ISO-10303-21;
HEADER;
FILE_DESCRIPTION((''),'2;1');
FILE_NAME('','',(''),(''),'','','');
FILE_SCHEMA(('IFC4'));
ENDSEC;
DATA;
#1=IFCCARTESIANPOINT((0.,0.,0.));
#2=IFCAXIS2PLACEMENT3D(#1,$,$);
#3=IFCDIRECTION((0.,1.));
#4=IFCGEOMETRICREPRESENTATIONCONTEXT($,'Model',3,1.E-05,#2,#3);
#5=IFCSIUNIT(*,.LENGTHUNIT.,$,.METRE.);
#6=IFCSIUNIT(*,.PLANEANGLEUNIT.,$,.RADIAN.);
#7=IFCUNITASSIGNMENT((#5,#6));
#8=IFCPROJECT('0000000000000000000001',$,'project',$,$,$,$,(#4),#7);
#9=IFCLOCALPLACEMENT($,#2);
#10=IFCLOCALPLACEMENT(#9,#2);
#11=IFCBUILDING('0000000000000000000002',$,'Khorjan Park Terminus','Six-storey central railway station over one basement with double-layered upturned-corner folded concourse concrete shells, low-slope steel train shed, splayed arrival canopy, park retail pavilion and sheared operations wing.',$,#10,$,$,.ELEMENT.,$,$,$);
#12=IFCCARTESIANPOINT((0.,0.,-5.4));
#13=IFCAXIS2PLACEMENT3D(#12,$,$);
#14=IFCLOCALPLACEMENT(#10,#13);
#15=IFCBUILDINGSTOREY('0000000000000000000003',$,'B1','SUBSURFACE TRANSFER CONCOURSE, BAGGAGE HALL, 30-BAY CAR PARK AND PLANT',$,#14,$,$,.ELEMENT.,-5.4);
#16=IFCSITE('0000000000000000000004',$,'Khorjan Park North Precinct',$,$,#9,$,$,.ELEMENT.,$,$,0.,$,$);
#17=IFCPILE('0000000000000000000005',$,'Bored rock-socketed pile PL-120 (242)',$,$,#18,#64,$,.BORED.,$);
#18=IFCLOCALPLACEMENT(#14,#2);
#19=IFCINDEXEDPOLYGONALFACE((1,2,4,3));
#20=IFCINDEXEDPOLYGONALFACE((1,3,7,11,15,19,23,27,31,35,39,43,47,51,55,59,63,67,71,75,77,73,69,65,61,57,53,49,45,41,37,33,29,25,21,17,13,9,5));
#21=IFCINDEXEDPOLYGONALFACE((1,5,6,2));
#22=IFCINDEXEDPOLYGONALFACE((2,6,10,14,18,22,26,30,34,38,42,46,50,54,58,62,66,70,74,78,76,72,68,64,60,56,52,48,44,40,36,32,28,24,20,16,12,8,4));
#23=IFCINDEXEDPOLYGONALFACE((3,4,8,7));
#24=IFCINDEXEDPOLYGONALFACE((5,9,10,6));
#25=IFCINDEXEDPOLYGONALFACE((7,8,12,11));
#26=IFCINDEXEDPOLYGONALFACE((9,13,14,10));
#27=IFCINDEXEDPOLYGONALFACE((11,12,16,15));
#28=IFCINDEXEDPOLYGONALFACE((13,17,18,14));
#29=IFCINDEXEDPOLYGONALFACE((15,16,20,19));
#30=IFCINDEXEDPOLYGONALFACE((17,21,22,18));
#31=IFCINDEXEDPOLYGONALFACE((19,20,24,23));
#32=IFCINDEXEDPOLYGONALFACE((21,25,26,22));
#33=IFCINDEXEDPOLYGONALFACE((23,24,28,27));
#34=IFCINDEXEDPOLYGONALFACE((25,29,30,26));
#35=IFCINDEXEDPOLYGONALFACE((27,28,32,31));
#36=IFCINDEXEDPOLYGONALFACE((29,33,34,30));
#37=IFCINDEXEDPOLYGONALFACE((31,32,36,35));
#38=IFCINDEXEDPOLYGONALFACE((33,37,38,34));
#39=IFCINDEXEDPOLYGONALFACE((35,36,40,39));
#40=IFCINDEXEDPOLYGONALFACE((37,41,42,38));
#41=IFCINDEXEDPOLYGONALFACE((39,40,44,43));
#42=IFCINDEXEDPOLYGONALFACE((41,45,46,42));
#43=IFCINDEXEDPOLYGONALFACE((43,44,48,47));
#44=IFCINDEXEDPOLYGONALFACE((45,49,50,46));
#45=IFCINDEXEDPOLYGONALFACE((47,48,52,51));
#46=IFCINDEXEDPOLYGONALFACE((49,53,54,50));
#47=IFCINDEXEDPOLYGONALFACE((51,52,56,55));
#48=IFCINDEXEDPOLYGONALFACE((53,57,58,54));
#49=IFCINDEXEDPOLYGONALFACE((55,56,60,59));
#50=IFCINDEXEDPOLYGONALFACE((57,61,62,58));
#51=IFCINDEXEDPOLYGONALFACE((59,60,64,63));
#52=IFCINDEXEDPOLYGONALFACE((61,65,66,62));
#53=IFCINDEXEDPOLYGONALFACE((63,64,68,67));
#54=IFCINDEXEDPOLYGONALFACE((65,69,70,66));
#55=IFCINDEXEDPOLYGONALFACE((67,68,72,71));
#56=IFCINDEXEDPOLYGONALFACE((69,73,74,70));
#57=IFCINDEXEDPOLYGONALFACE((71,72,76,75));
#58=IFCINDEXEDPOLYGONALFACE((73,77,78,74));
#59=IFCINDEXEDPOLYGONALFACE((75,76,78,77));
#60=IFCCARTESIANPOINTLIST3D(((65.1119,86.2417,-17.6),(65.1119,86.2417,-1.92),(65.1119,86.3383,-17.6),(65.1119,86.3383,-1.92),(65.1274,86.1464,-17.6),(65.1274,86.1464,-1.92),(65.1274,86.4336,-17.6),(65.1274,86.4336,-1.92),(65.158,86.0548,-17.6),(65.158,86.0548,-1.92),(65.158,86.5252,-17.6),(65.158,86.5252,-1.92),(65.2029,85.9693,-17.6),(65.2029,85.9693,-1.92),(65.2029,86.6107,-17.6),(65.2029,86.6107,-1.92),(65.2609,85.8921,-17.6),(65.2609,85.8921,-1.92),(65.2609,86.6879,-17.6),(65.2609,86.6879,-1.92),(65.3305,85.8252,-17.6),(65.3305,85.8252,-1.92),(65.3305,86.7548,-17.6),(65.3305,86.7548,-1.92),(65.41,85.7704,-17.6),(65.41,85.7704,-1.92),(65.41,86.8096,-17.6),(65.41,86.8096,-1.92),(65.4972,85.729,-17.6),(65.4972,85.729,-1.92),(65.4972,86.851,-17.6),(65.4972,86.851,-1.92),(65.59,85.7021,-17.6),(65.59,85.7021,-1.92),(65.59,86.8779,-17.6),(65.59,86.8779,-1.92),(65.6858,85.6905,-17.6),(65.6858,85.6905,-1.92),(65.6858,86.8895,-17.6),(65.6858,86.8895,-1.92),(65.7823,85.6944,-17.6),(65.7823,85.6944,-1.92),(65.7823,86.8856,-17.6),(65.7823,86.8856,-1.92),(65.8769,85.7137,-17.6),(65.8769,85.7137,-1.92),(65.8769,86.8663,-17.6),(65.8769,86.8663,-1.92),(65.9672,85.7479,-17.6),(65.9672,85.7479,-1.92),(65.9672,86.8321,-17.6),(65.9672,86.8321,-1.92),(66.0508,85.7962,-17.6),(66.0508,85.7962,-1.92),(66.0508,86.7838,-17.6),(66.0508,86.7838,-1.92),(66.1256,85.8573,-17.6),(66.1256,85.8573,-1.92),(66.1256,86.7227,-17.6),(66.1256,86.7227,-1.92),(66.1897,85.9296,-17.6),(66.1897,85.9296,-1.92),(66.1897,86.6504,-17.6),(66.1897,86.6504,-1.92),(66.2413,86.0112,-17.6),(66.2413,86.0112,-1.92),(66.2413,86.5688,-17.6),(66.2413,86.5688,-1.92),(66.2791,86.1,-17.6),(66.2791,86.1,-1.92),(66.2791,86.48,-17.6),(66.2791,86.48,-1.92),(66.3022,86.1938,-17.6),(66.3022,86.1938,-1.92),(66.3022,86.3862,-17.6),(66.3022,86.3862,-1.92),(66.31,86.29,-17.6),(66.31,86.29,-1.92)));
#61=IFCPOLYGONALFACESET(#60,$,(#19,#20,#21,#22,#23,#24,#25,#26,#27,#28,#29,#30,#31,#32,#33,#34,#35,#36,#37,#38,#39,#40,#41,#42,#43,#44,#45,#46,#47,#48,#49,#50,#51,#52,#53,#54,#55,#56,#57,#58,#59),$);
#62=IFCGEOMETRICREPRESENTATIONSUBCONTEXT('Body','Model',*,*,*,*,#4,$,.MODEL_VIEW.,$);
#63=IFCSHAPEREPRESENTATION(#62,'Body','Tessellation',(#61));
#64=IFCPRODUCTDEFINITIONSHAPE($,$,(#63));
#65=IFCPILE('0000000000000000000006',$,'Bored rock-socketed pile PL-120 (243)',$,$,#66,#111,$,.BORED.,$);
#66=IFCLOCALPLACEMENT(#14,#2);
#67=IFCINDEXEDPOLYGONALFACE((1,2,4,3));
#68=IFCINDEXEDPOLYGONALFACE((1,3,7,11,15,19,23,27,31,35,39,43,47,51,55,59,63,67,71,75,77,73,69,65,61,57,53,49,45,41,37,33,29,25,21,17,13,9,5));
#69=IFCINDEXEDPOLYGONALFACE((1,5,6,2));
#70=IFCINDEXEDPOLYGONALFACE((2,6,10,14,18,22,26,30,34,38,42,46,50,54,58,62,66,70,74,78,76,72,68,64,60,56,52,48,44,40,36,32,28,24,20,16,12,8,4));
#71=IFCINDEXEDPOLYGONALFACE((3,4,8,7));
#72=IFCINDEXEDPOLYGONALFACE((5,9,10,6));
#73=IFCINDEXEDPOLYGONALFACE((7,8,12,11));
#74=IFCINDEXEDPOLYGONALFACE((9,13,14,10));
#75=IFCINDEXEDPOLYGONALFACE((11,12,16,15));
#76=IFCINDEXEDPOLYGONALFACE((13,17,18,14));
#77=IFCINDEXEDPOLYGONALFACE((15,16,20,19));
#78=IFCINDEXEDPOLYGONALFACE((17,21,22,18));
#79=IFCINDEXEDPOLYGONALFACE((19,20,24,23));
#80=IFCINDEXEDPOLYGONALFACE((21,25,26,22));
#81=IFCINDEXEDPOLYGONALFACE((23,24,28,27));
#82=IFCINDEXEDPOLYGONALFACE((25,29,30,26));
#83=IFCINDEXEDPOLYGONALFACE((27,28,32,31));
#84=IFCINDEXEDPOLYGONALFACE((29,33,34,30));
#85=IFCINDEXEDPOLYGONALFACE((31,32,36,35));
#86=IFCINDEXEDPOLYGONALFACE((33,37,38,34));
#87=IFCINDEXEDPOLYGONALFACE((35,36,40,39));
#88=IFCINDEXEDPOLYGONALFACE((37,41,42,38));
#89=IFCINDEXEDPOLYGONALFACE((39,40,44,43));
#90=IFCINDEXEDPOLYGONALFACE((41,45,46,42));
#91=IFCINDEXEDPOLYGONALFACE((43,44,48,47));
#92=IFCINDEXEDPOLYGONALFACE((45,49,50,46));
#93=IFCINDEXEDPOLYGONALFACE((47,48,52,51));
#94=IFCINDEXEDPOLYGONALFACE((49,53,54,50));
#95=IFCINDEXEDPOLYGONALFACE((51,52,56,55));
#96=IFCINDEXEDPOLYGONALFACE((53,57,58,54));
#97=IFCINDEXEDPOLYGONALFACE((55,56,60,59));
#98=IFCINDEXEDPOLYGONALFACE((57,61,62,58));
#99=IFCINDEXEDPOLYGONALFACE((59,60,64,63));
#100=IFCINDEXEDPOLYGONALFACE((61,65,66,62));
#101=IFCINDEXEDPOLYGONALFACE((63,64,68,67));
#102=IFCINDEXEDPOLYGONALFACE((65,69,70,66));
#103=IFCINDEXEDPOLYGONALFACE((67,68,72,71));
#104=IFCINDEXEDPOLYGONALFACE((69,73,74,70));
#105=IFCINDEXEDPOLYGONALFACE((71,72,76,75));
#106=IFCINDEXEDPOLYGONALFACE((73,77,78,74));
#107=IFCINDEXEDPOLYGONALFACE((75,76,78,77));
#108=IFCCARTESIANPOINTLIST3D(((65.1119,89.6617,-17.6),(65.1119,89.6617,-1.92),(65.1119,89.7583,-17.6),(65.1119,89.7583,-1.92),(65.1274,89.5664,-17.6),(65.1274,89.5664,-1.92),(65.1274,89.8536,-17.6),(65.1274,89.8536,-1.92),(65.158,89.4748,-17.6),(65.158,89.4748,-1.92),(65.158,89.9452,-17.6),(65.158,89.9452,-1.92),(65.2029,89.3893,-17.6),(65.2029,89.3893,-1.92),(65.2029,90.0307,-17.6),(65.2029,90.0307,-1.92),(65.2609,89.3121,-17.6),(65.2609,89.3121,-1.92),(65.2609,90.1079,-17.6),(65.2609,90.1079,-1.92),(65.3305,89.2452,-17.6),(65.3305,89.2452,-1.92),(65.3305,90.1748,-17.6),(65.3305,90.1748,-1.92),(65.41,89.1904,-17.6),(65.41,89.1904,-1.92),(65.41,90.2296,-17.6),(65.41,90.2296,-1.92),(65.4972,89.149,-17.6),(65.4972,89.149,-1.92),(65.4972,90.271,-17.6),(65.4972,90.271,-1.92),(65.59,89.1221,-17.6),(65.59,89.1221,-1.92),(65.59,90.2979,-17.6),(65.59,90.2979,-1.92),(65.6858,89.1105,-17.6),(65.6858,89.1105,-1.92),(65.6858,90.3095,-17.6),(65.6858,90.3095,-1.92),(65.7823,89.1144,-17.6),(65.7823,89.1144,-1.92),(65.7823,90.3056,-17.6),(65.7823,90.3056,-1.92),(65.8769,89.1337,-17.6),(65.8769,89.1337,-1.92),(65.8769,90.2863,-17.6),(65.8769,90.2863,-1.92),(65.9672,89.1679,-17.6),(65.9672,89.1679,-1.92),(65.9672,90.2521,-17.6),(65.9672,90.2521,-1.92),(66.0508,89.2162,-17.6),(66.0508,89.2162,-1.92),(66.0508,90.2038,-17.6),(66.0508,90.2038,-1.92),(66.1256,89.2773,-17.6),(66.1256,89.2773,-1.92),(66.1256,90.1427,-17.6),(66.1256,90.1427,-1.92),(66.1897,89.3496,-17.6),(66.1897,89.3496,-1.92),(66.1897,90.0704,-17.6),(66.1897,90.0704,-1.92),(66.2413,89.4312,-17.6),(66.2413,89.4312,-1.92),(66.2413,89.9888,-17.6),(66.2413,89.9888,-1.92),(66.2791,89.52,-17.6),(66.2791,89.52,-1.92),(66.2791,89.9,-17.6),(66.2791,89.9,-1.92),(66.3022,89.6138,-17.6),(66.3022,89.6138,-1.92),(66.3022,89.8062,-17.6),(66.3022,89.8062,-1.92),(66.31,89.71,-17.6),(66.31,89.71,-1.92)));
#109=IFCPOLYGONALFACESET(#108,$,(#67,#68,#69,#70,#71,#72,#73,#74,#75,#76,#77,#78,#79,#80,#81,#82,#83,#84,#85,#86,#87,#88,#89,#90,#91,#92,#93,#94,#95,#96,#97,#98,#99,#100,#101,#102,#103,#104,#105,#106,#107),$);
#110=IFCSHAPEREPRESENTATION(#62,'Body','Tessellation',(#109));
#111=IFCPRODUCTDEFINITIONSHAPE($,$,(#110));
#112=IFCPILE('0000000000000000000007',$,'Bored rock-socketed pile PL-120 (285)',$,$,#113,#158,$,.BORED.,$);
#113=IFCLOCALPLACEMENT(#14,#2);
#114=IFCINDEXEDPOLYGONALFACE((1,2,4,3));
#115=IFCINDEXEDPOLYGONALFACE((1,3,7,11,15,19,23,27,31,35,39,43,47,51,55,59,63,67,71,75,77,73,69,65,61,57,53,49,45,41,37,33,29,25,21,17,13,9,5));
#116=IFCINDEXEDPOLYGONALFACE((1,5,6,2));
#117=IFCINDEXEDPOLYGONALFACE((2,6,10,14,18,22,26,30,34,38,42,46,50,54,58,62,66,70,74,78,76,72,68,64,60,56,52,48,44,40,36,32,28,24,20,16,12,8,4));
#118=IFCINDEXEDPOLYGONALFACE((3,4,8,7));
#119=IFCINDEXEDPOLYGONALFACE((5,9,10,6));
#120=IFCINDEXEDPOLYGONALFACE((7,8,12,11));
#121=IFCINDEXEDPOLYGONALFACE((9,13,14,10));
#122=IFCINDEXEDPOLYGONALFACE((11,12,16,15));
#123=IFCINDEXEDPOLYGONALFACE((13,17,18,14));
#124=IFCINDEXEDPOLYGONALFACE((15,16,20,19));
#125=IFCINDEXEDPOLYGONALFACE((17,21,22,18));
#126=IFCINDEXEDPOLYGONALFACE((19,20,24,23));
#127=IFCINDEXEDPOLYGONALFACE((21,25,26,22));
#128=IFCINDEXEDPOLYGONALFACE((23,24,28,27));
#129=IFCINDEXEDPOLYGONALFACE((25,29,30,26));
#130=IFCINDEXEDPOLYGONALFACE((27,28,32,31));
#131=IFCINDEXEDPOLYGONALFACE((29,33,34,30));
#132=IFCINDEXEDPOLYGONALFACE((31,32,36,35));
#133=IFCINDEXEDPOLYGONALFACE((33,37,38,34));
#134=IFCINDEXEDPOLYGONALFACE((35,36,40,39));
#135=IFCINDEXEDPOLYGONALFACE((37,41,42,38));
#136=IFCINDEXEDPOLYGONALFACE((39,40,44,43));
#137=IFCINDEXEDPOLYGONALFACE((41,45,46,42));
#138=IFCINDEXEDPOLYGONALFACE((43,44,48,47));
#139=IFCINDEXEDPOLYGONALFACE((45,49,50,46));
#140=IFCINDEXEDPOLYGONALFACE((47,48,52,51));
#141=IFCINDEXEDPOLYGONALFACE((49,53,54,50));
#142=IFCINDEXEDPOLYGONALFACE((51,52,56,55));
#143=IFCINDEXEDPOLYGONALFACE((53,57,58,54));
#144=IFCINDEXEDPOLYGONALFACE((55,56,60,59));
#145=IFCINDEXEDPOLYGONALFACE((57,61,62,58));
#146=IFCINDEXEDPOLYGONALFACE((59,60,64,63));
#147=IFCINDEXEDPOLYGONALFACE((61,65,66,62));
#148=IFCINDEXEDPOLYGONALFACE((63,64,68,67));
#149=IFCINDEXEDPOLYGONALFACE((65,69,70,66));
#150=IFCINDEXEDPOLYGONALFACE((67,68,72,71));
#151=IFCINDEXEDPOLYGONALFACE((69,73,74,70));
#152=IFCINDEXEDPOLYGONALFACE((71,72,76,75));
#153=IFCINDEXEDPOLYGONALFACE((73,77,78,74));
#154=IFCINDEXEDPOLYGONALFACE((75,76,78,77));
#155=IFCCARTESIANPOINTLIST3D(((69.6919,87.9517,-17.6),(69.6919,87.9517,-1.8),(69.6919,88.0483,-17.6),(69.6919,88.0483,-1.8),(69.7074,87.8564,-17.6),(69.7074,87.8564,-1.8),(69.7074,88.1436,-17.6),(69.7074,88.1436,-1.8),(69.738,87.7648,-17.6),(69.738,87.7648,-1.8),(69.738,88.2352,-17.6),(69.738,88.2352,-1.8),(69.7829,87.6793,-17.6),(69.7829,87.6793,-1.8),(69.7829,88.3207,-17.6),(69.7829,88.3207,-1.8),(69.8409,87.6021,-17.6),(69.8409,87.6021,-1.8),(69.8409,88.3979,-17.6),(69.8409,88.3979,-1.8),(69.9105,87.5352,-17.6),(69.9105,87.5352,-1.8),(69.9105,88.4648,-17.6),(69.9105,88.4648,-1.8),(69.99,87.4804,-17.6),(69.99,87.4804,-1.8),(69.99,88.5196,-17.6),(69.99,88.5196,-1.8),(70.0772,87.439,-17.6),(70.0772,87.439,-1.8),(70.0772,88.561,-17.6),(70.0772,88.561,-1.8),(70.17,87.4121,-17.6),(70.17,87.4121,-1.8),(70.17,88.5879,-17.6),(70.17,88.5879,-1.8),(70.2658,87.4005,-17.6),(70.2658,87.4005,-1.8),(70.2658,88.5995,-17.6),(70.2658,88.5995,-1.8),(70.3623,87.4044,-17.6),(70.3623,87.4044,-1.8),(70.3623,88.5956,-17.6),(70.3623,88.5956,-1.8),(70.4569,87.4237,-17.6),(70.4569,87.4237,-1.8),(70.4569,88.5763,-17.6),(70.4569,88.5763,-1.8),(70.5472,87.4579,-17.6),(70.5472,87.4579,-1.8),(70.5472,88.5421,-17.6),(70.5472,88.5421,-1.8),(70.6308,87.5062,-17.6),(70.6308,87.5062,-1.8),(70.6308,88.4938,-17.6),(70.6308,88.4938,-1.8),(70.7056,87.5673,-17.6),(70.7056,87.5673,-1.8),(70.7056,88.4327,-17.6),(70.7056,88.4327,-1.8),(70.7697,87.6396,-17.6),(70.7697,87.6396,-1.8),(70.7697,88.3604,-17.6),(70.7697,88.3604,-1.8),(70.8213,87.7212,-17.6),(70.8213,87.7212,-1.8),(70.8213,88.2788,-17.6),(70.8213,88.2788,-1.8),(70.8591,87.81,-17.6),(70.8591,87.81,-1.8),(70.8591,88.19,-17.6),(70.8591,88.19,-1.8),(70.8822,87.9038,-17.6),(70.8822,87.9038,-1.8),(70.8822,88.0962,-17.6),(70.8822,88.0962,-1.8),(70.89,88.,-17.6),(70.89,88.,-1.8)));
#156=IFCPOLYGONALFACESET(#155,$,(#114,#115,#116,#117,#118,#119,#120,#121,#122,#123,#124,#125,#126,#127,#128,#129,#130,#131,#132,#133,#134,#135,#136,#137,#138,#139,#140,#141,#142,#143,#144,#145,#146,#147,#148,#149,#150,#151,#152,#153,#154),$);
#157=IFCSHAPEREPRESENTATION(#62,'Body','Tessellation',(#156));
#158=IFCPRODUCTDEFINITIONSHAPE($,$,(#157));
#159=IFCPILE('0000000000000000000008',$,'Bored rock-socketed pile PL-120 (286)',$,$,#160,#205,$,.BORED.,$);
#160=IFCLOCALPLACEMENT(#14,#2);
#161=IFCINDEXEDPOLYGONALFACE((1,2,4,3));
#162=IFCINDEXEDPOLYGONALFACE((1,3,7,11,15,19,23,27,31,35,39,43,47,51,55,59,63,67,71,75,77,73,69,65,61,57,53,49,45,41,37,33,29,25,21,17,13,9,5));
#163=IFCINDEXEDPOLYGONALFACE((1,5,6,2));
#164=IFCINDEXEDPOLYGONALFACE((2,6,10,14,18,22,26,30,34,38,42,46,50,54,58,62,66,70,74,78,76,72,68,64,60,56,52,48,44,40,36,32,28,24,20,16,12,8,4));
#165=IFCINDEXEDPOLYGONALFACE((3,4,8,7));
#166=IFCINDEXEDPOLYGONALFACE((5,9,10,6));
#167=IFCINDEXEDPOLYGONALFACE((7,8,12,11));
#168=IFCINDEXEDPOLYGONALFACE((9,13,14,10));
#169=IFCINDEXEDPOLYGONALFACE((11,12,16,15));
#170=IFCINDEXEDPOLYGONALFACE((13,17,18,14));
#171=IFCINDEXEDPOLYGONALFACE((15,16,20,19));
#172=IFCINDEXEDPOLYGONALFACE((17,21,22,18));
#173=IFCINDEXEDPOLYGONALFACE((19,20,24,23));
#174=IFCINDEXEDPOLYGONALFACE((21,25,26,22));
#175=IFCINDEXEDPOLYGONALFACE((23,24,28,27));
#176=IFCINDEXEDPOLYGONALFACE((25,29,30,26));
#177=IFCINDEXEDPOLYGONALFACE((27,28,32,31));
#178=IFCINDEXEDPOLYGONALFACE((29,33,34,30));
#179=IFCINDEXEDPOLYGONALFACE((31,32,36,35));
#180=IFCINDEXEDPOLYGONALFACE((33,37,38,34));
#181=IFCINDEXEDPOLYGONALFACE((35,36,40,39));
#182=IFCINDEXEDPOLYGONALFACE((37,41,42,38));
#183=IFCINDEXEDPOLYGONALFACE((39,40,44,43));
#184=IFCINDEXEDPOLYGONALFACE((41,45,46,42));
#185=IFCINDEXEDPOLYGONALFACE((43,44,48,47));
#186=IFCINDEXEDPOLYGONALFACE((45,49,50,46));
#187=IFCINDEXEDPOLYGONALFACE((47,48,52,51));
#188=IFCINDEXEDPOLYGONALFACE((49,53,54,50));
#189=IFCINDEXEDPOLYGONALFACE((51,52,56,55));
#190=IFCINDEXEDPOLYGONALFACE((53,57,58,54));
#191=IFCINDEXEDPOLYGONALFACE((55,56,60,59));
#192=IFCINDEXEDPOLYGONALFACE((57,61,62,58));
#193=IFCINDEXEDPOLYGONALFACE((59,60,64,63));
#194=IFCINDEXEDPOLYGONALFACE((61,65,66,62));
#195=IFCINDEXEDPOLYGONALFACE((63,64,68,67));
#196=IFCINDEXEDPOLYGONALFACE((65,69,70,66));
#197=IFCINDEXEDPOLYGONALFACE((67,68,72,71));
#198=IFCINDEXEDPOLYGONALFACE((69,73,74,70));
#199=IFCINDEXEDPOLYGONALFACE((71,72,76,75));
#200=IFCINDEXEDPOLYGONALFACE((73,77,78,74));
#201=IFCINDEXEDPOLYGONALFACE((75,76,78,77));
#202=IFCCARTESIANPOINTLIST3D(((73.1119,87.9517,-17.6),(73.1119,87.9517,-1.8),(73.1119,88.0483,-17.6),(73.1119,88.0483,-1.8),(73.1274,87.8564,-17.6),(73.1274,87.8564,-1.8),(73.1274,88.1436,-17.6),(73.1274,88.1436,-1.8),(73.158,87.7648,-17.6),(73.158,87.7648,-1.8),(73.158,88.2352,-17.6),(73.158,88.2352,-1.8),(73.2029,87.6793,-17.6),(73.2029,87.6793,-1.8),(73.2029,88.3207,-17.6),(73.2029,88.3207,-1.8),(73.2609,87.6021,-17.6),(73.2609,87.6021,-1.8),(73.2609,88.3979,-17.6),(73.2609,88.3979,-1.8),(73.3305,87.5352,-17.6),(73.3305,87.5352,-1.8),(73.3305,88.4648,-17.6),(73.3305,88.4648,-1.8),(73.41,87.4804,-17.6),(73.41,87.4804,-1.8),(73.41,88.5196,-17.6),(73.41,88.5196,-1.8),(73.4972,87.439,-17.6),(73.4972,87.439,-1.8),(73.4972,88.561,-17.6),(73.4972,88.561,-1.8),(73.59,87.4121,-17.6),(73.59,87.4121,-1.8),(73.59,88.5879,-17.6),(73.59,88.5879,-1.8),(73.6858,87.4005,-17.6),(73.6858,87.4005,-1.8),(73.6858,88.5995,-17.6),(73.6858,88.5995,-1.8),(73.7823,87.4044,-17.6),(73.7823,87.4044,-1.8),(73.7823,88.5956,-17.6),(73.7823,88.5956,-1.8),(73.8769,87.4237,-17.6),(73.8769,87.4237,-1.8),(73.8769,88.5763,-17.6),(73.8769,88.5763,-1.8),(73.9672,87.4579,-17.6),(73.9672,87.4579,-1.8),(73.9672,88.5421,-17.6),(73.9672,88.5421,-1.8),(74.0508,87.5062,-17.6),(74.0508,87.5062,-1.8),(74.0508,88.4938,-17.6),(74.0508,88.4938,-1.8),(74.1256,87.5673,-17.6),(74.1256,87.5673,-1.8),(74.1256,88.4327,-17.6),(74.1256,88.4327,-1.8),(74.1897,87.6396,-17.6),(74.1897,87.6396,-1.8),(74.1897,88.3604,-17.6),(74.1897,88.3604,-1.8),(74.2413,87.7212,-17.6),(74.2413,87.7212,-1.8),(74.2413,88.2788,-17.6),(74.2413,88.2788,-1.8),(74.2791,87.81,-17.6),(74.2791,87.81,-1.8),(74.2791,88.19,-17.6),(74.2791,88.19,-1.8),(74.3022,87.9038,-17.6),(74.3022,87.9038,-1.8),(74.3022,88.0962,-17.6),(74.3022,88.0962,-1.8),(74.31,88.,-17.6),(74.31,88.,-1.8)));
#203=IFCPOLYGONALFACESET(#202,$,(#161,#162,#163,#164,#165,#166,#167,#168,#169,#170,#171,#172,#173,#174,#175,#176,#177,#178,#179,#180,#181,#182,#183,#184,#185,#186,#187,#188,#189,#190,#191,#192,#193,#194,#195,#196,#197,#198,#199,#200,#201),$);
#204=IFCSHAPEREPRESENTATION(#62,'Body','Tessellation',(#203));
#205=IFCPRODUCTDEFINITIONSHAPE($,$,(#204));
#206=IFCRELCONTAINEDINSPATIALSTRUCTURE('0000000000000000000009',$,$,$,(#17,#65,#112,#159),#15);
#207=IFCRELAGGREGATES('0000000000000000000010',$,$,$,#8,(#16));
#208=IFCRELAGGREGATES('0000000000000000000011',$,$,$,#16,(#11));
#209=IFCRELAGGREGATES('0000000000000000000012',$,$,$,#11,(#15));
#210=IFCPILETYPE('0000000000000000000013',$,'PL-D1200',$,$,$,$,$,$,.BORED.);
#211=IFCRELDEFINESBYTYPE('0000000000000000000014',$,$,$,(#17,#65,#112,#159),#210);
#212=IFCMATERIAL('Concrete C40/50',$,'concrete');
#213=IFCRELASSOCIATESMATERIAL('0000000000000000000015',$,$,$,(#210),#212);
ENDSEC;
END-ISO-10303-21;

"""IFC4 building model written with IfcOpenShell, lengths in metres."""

from ifc_helpers import new_model, si_unit, direction, frame, origin, origin_2d, place, context, subcontext, project, spatial, circle, extrude, material, material_profile, profile_set, type_object, element, save


model = new_model("IFC4")

# Units and contexts
model_context = context("Model", 3, precision=1e-05, world=origin(), true_north=direction((0.0, 1.0)))
body_context = subcontext(model_context, "Body", "Model", "MODEL_VIEW")
ifc_project = project(units=[si_unit("LENGTHUNIT", "METRE"), si_unit("PLANEANGLEUNIT", "RADIAN")], contexts=[model_context])

# Site, building, storey
site_placement = place(None, origin())
site = spatial("IfcSite", under=ifc_project, at=site_placement, Name="Khorjan Park North Precinct", CompositionType="ELEMENT", RefElevation=0.0)
building_placement = place(site_placement, origin())
building = spatial("IfcBuilding", under=site, at=building_placement, Name="Khorjan Park Terminus", Description="Six-storey central railway station over one basement with double-layered upturned-corner folded concourse concrete shells, low-slope steel train shed, splayed arrival canopy, park retail pavilion and sheared operations wing.", CompositionType="ELEMENT")
storey_placement = place(building_placement, frame((0.0, 0.0, -5.4)))
storey = spatial("IfcBuildingStorey", under=building, at=storey_placement, Name="B1", Description="SUBSURFACE TRANSFER CONCOURSE, BAGGAGE HALL, 30-BAY CAR PARK AND PLANT", CompositionType="ELEMENT", Elevation=-5.4)

# Shared definitions
ifc_material_1 = material(Name="Concrete C40/50", Category="concrete")

# Piles
ifc_material_profile_1 = material_profile(ifc_material_1, circle(Radius=0.6, at=origin_2d()), Name="BORED D1200")
ifc_profile_set_1 = profile_set([ifc_material_profile_1], Name="Concrete C40/50")
pile_type_1 = type_object("IfcPileType", Name="PL-D1200", PredefinedType="BORED", material=ifc_profile_set_1)
for number, where, z_axis, x_axis, name in (
    (1, (65.71, 86.29, -1.92), (0.0, 0.0, -1.0), (1.0, 0.0, 0.0), "Bored rock-socketed pile PL-120 (242)"),
    (2, (65.71, 89.71, -1.92), (0.0, 0.0, -1.0), (1.0, 0.0, 0.0), "Bored rock-socketed pile PL-120 (243)"),
):
    element("IfcPile", number, at=place(storey_placement, frame(where, z_axis=z_axis, x_axis=x_axis)), inside=storey, type_object=pile_type_1, Name=name, PredefinedType="BORED", context=body_context, shape_type="SweptSolid", body=[
        extrude(circle(Radius=0.6, at=origin_2d()), origin(), (0.0, 0.0, 1.0), 15.68),
    ])
for number, where, z_axis, x_axis, name in (
    (3, (70.29, 88.0, -1.8), (0.0, 0.0, -1.0), (1.0, 0.0, 0.0), "Bored rock-socketed pile PL-120 (285)"),
    (4, (73.71, 88.0, -1.8), (0.0, 0.0, -1.0), (1.0, 0.0, 0.0), "Bored rock-socketed pile PL-120 (286)"),
):
    element("IfcPile", number, at=place(storey_placement, frame(where, z_axis=z_axis, x_axis=x_axis)), inside=storey, type_object=pile_type_1, Name=name, PredefinedType="BORED", context=body_context, shape_type="SweptSolid", body=[
        extrude(circle(Radius=0.6, at=origin_2d()), origin(), (0.0, 0.0, 1.0), 15.8),
    ])

save(model, "model.ifc")
